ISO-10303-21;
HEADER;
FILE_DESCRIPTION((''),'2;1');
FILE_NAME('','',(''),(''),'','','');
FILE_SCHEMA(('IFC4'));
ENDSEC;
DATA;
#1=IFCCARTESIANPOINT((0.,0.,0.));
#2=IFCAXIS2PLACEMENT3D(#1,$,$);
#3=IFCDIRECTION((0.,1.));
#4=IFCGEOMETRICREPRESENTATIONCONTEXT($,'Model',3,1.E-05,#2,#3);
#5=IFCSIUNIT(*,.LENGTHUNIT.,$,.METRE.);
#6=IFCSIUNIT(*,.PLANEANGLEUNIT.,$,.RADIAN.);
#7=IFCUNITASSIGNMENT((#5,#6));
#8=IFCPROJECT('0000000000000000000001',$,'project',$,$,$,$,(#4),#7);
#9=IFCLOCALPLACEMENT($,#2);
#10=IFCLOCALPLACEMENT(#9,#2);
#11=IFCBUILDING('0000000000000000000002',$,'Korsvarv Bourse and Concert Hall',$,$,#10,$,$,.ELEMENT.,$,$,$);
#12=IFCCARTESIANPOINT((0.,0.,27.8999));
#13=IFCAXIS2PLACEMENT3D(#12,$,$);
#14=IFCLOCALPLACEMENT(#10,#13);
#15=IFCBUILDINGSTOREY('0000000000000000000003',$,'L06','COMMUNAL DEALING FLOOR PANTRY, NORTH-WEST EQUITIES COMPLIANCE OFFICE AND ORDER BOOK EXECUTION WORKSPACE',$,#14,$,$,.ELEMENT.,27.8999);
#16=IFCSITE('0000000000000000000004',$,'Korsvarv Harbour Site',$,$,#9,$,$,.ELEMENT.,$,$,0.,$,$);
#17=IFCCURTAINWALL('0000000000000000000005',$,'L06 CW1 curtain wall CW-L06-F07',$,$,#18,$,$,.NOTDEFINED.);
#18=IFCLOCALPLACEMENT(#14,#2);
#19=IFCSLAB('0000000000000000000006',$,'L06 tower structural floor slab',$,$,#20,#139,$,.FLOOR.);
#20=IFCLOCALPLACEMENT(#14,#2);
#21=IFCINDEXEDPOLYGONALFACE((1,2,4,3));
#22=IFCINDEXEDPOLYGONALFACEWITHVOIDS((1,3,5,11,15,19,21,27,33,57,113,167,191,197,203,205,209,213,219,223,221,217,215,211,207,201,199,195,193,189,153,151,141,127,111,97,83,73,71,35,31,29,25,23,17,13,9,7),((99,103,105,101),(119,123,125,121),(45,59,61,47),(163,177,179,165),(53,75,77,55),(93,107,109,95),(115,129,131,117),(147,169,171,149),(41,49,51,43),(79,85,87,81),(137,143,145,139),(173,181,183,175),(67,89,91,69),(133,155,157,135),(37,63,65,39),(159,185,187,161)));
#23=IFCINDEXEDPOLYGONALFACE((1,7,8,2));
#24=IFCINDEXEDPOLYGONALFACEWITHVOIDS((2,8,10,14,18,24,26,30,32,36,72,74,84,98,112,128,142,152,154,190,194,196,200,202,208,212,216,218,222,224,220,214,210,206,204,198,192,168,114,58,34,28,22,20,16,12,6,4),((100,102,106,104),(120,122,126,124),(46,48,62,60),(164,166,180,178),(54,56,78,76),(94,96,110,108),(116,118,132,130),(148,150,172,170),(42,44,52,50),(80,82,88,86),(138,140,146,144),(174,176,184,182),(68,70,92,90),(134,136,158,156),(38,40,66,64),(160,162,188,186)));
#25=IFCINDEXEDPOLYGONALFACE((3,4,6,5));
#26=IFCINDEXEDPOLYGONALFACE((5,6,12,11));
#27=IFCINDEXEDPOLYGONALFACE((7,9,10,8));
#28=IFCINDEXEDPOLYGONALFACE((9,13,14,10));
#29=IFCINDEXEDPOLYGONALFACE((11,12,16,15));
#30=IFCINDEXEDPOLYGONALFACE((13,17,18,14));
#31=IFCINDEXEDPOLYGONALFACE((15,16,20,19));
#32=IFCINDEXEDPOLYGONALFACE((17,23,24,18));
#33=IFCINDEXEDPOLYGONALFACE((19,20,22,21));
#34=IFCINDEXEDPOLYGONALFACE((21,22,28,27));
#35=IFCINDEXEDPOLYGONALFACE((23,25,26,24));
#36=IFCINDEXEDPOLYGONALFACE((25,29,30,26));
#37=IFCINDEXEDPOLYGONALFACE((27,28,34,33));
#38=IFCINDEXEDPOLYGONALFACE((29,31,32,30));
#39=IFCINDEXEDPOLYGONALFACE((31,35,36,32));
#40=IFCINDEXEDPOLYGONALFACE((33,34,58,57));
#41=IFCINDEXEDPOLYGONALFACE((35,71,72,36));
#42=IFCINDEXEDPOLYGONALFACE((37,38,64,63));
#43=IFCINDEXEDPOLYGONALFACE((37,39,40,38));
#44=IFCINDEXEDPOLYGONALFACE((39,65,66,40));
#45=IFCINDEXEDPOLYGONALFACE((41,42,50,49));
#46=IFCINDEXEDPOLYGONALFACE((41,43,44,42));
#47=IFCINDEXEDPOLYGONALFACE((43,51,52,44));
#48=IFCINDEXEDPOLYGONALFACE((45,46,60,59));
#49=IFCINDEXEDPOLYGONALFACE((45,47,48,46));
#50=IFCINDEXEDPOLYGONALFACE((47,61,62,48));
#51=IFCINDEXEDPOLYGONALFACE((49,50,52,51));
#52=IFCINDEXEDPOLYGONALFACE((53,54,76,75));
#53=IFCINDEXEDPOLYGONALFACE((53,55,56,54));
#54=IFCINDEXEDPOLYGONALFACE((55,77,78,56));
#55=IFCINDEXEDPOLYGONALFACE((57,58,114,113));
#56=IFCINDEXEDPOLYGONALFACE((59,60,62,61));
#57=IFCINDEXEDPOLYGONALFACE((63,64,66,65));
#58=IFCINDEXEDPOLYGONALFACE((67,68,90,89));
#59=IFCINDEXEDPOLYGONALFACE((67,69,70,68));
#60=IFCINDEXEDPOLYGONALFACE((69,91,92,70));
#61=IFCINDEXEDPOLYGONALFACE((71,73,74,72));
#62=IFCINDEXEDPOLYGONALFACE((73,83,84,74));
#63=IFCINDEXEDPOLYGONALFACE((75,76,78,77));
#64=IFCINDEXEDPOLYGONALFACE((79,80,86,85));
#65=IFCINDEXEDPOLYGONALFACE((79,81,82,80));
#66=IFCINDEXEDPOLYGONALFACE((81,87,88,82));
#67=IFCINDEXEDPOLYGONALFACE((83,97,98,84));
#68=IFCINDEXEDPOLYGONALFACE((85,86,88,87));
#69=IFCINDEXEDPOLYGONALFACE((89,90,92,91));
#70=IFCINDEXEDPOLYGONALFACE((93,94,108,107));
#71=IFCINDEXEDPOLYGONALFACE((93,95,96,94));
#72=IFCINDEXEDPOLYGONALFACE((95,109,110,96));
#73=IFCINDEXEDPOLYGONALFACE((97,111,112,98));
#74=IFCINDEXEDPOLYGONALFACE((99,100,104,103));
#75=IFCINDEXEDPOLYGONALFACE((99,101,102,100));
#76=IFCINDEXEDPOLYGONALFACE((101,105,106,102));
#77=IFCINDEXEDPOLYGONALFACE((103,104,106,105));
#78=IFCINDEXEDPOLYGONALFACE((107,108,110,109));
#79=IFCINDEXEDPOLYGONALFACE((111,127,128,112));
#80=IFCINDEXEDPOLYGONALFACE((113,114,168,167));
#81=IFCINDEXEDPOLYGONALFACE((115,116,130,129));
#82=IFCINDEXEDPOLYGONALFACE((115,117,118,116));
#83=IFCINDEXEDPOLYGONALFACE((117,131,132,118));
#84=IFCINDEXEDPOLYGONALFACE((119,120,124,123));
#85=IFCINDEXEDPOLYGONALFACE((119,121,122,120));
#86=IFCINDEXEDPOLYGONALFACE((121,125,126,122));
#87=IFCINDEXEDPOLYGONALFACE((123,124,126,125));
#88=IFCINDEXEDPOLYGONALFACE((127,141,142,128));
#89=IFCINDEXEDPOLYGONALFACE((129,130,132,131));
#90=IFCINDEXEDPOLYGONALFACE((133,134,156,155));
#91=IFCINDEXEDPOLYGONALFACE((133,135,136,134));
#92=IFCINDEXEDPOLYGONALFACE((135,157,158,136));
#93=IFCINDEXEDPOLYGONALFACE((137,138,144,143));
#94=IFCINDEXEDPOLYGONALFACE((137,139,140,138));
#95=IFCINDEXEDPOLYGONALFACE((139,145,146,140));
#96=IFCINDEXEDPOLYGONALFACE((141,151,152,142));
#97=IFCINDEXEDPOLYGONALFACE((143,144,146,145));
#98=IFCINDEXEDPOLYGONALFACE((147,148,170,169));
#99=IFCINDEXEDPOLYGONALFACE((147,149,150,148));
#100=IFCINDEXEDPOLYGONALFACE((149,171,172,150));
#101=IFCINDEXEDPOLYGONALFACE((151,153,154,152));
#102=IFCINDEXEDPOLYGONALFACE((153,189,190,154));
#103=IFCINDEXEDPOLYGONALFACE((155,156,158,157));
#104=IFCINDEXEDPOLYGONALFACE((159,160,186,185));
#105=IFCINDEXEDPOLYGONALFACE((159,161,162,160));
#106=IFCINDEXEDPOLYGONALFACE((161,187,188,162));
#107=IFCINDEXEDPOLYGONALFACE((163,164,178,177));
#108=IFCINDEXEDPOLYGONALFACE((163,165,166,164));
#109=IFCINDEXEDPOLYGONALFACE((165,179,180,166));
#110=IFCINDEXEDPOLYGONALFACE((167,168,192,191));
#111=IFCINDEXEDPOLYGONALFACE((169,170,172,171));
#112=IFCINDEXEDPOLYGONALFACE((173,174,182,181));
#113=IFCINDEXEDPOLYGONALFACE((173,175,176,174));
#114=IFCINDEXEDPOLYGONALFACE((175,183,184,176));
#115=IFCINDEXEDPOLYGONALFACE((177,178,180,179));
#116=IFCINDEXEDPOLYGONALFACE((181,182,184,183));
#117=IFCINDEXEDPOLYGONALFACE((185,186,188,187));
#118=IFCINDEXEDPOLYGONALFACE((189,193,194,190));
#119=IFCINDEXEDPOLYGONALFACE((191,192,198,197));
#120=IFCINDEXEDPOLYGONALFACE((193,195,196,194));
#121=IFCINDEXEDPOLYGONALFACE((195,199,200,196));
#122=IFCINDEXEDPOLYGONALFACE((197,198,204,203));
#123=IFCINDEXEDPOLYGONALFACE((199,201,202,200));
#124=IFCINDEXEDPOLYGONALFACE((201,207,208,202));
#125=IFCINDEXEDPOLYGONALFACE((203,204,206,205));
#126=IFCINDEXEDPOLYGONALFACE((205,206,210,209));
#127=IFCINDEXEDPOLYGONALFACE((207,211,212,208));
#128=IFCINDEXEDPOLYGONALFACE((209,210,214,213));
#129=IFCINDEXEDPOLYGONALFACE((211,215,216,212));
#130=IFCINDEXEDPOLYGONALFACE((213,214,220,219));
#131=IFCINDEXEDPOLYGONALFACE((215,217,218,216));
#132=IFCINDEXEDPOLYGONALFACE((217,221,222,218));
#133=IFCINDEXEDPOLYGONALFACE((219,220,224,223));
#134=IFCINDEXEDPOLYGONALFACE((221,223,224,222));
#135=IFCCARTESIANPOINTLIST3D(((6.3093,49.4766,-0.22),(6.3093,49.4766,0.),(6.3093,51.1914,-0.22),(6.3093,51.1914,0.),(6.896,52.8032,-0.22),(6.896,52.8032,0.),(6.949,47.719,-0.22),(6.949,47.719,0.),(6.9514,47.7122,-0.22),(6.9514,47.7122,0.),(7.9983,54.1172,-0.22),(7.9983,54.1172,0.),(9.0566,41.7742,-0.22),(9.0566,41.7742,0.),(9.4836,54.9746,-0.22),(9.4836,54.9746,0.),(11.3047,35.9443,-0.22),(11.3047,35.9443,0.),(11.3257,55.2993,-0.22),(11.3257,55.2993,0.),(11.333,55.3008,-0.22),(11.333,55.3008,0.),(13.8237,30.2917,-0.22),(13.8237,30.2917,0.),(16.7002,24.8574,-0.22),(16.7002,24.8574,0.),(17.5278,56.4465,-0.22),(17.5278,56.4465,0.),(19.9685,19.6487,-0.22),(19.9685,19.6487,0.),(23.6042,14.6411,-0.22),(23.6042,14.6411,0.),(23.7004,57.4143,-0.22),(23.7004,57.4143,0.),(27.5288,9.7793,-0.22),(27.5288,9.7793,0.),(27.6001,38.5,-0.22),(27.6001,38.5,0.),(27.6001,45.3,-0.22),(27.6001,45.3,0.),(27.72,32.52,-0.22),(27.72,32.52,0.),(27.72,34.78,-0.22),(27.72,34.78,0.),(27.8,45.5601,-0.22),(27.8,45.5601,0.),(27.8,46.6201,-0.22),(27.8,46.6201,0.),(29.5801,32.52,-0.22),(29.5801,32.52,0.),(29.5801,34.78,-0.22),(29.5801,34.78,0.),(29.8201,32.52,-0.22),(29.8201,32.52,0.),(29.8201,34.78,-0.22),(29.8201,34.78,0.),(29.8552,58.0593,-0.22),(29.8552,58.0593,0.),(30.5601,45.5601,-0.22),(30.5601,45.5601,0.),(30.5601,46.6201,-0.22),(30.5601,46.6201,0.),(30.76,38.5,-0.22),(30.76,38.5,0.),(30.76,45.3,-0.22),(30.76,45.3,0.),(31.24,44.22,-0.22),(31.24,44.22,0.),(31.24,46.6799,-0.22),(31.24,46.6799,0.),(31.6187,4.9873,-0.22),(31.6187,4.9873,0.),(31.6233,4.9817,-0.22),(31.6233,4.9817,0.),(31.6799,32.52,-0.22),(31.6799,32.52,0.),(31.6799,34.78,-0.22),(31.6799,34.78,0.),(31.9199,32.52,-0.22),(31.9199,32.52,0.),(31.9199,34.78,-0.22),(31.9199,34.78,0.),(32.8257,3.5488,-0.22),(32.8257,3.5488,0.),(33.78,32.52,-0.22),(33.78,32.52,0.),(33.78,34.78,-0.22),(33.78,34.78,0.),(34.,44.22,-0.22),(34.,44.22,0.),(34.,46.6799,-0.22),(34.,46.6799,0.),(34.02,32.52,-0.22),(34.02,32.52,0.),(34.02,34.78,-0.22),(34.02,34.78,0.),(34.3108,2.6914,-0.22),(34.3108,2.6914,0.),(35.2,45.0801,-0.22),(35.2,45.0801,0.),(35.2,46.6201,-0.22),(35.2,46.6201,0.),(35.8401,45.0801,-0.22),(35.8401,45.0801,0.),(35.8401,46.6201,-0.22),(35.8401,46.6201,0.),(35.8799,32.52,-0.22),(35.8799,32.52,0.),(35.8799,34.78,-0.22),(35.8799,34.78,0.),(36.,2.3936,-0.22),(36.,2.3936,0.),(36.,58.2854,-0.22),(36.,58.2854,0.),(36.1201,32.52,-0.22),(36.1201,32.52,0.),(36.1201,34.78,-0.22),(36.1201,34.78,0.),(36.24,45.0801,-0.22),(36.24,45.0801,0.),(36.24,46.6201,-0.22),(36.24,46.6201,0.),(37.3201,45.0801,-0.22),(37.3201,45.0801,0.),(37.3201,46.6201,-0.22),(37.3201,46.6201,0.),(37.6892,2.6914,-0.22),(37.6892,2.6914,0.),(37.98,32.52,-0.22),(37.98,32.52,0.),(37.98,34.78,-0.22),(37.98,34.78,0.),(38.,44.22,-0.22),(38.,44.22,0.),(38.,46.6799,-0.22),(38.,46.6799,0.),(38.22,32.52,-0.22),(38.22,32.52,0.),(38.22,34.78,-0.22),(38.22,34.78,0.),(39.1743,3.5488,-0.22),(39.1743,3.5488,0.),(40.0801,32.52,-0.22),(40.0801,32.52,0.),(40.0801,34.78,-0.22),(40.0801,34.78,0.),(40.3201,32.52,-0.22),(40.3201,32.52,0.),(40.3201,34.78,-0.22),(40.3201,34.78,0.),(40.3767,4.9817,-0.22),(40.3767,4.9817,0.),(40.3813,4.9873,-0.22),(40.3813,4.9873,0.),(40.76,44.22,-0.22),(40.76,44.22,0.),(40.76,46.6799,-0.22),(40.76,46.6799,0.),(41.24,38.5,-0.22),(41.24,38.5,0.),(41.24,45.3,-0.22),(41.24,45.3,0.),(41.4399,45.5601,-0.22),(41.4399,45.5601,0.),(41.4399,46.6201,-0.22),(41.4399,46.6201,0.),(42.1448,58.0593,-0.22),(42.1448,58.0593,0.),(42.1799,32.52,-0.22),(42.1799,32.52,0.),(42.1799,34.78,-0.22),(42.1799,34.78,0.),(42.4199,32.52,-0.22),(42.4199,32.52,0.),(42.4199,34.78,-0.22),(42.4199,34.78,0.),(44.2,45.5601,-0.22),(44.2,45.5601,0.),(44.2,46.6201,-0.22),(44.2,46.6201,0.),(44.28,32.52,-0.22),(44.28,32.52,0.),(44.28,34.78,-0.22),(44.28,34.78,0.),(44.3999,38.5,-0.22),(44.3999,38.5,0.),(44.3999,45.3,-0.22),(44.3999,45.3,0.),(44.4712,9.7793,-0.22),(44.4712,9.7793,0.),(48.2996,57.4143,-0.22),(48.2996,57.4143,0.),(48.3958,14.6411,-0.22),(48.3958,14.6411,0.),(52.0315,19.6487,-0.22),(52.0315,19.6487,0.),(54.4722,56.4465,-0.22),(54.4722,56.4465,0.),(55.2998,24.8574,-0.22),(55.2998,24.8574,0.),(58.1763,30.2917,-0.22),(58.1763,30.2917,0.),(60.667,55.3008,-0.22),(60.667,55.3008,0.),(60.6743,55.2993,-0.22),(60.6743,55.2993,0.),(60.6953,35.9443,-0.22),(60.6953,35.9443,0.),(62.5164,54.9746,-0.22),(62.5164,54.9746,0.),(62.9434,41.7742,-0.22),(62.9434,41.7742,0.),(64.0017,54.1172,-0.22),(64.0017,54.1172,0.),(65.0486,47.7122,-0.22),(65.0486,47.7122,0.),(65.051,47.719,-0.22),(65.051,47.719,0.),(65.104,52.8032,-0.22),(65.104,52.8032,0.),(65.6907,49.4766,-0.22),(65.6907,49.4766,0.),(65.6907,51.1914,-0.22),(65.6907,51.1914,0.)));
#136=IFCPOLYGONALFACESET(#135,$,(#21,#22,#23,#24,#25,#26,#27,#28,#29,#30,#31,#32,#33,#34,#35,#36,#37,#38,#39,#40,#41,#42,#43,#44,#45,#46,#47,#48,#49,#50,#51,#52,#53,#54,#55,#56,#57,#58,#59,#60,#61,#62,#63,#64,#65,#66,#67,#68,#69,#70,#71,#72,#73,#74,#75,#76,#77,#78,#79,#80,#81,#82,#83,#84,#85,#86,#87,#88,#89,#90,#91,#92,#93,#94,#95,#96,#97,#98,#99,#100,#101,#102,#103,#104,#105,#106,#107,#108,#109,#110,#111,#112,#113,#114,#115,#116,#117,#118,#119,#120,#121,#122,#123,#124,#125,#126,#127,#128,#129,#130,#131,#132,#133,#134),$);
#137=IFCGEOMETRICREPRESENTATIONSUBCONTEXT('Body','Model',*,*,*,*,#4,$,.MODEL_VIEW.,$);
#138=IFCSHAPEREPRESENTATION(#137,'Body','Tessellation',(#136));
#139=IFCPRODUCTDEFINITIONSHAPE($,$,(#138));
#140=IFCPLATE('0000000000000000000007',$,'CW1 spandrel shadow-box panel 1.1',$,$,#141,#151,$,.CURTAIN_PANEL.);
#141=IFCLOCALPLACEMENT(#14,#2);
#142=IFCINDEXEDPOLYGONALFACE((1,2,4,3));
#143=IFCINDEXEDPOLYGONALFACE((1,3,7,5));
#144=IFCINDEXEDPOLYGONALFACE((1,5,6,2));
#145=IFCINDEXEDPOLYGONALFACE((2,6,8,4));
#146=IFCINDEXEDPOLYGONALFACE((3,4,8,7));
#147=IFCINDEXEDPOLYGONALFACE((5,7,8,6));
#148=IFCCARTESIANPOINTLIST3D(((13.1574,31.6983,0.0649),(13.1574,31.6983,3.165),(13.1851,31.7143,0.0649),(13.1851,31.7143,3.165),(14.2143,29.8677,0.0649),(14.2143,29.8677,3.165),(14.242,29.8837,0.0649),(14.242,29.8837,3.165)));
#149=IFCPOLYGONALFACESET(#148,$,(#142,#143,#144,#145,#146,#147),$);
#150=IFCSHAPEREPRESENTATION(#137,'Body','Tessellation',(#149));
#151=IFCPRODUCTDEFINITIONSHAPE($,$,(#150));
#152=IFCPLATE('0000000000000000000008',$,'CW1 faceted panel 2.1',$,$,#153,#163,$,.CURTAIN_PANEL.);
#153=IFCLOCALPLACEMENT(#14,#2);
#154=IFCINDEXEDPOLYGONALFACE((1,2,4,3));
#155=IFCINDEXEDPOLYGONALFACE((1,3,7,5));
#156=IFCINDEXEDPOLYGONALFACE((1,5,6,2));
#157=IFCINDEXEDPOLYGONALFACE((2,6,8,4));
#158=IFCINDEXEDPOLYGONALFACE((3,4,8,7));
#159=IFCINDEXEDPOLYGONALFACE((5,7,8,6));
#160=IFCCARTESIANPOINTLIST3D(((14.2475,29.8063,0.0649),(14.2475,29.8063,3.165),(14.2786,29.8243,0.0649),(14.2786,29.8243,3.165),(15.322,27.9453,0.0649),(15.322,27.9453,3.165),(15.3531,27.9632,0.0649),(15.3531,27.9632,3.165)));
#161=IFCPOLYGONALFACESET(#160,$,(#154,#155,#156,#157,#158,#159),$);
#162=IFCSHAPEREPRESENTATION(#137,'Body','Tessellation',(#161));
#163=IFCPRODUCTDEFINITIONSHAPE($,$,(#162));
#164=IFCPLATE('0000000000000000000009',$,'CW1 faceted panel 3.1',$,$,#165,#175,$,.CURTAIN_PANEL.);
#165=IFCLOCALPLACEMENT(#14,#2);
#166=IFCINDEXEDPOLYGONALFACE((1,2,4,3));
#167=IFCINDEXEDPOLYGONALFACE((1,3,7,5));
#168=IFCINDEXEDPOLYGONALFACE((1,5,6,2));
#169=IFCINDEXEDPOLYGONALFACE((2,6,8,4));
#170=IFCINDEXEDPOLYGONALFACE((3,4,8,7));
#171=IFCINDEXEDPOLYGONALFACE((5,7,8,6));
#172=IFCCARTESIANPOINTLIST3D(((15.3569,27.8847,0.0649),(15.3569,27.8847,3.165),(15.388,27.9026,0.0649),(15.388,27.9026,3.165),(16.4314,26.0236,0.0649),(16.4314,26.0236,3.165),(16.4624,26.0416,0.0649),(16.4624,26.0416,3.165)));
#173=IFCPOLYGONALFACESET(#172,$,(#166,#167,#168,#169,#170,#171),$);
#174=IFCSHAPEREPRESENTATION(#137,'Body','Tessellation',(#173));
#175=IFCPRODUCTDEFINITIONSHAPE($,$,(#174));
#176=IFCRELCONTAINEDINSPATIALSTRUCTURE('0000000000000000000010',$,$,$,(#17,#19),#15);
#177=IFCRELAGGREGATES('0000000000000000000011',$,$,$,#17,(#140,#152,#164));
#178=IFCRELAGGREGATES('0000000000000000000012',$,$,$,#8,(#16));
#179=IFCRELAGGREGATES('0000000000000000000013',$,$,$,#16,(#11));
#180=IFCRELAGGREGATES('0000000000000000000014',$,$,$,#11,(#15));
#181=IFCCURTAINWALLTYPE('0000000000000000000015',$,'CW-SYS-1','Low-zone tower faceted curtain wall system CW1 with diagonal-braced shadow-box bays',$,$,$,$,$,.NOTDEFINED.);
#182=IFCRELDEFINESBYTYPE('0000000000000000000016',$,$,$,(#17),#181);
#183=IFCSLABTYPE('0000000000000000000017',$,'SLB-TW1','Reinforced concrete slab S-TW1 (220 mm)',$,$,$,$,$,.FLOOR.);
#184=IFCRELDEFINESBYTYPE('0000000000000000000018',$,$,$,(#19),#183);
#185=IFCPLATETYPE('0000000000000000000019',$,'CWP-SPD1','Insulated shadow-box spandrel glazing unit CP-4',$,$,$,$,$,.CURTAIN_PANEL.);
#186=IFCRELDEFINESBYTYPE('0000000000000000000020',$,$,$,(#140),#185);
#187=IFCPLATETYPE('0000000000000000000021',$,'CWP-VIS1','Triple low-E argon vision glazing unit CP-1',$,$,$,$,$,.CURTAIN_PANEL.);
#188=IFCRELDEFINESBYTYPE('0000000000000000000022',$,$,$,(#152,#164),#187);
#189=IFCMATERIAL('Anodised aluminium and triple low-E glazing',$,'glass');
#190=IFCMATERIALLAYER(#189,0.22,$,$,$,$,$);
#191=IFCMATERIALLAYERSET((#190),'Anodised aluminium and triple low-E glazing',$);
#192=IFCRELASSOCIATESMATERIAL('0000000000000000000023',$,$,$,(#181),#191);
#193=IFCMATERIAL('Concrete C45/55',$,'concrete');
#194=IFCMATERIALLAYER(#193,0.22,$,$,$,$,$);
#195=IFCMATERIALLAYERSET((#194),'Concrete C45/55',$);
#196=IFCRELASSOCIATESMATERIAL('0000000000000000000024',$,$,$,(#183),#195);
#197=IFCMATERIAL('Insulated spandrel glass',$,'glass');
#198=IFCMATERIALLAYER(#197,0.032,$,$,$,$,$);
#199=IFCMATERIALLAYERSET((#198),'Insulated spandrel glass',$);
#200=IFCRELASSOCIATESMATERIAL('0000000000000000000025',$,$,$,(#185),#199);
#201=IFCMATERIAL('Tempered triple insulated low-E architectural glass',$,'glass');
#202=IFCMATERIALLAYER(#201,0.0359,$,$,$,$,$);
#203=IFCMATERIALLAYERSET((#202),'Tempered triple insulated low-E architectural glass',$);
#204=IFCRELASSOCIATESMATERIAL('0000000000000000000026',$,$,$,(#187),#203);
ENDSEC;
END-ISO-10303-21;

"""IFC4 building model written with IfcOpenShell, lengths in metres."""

from ifc_helpers import new_model, si_unit, direction, frame, origin, origin_2d, place, context, subcontext, project, spatial, polyline, rectangle, outline, extrude, source, transform, mapped, material, layer, layer_set, type_object, element, aggregate, save


model = new_model("IFC4")

# Units and contexts
model_context = context("Model", 3, precision=1e-05, world=origin(), true_north=direction((0.0, 1.0)))
body_context = subcontext(model_context, "Body", "Model", "MODEL_VIEW")
ifc_project = project(units=[si_unit("LENGTHUNIT", "METRE"), si_unit("PLANEANGLEUNIT", "RADIAN")], contexts=[model_context])

# Site, building, storey
site_placement = place(None, origin())
site = spatial("IfcSite", under=ifc_project, at=site_placement, Name="Korsvarv Harbour Site", CompositionType="ELEMENT", RefElevation=0.0)
building_placement = place(site_placement, origin())
building = spatial("IfcBuilding", under=site, at=building_placement, Name="Korsvarv Bourse and Concert Hall", CompositionType="ELEMENT")
storey_placement = place(building_placement, frame((0.0, 0.0, 27.8999)))
storey = spatial("IfcBuildingStorey", under=building, at=storey_placement, Name="L06", Description="COMMUNAL DEALING FLOOR PANTRY, NORTH-WEST EQUITIES COMPLIANCE OFFICE AND ORDER BOOK EXECUTION WORKSPACE", CompositionType="ELEMENT", Elevation=27.8999)

# Curtain wall
ifc_material_1 = material(Name="Anodised aluminium and triple low-E glazing", Category="glass")
ifc_layer_1 = layer(ifc_material_1, 0.22)
ifc_layer_set_1 = layer_set([ifc_layer_1], Name="Anodised aluminium and triple low-E glazing")
curtain_wall_type = type_object("IfcCurtainWallType", Name="CW-SYS-1", Description="Low-zone tower faceted curtain wall system CW1 with diagonal-braced shadow-box bays", PredefinedType="NOTDEFINED", material=ifc_layer_set_1)
curtain_wall_placement = place(storey_placement, origin())
curtain_wall = element("IfcCurtainWall", 1, at=curtain_wall_placement, inside=storey, type_object=curtain_wall_type, Name="L06 CW1 curtain wall CW-L06-F07", PredefinedType="NOTDEFINED")

# Slab
ifc_material_2 = material(Name="Concrete C45/55", Category="concrete")
ifc_layer_2 = layer(ifc_material_2, 0.22)
ifc_layer_set_2 = layer_set([ifc_layer_2], Name="Concrete C45/55")
slab_type_1 = type_object("IfcSlabType", Name="SLB-TW1", Description="Reinforced concrete slab S-TW1 (220 mm)", PredefinedType="FLOOR", material=ifc_layer_set_2)
slab_1_placement = place(storey_placement, frame((0.0, 0.0, -0.22)))
element("IfcSlab", 2, at=slab_1_placement, inside=storey, type_object=slab_type_1, Name="L06 tower structural floor slab", PredefinedType="FLOOR", context=body_context, shape_type="SweptSolid", body=[
    extrude(outline(polyline([(65.0486, 47.7122), (62.9434, 41.7742), (60.6953, 35.9443), (58.1763, 30.2917), (55.2998, 24.8574), (52.0315, 19.6487), (48.3958, 14.6411), (44.4712, 9.7793), (40.3813, 4.9873), (40.3767, 4.9817), (39.1743, 3.5488), (37.6892, 2.6914), (36.0, 2.3936), (34.3108, 2.6914), (32.8257, 3.5488), (31.6233, 4.9817), (31.6187, 4.9873), (27.5288, 9.7793), (23.6042, 14.6411), (19.9685, 19.6487), (16.7002, 24.8574), (13.8237, 30.2917), (11.3047, 35.9443), (9.0566, 41.7742), (6.9514, 47.7122), (6.949, 47.719), (6.3093, 49.4766), (6.3093, 51.1914), (6.896, 52.8032), (7.9983, 54.1172), (9.4836, 54.9746), (11.3257, 55.2993), (11.333, 55.3008), (17.5278, 56.4465), (23.7004, 57.4143), (29.8552, 58.0593), (36.0, 58.2854), (42.1448, 58.0593), (48.2996, 57.4143), (54.4722, 56.4465), (60.667, 55.3008), (60.6743, 55.2993), (62.5164, 54.9746), (64.0017, 54.1172), (65.104, 52.8032), (65.6907, 51.1914), (65.6907, 49.4766), (65.051, 47.719), (65.0486, 47.7122)]), holes=[polyline([(30.76, 38.5), (30.76, 45.3), (27.6001, 45.3), (27.6001, 38.5), (30.76, 38.5)]), polyline([(44.3999, 38.5), (44.3999, 45.3), (41.24, 45.3), (41.24, 38.5), (44.3999, 38.5)]), polyline([(31.24, 44.22), (34.0, 44.22), (34.0, 46.6799), (31.24, 46.6799), (31.24, 44.22)]), polyline([(38.0, 44.22), (40.76, 44.22), (40.76, 46.6799), (38.0, 46.6799), (38.0, 44.22)]), polyline([(27.72, 32.52), (29.5801, 32.52), (29.5801, 34.78), (27.72, 34.78), (27.72, 32.52)]), polyline([(29.8201, 32.52), (31.6799, 32.52), (31.6799, 34.78), (29.8201, 34.78), (29.8201, 32.52)]), polyline([(31.9199, 32.52), (33.78, 32.52), (33.78, 34.78), (31.9199, 34.78), (31.9199, 32.52)]), polyline([(34.02, 32.52), (35.8799, 32.52), (35.8799, 34.78), (34.02, 34.78), (34.02, 32.52)]), polyline([(36.1201, 32.52), (37.98, 32.52), (37.98, 34.78), (36.1201, 34.78), (36.1201, 32.52)]), polyline([(38.22, 32.52), (40.0801, 32.52), (40.0801, 34.78), (38.22, 34.78), (38.22, 32.52)]), polyline([(40.3201, 32.52), (42.1799, 32.52), (42.1799, 34.78), (40.3201, 34.78), (40.3201, 32.52)]), polyline([(42.4199, 32.52), (44.28, 32.52), (44.28, 34.78), (42.4199, 34.78), (42.4199, 32.52)]), polyline([(27.8, 45.5601), (30.5601, 45.5601), (30.5601, 46.6201), (27.8, 46.6201), (27.8, 45.5601)]), polyline([(41.4399, 45.5601), (44.2, 45.5601), (44.2, 46.6201), (41.4399, 46.6201), (41.4399, 45.5601)]), polyline([(35.2, 45.0801), (35.8401, 45.0801), (35.8401, 46.6201), (35.2, 46.6201), (35.2, 45.0801)]), polyline([(36.24, 45.0801), (37.3201, 45.0801), (37.3201, 46.6201), (36.24, 46.6201), (36.24, 45.0801)])]), origin(), (0.0, 0.0, 1.0), 0.22),
])

# Plates
ifc_material_3 = material(Name="Insulated spandrel glass", Category="glass")
ifc_layer_3 = layer(ifc_material_3, 0.032)
ifc_layer_set_3 = layer_set([ifc_layer_3], Name="Insulated spandrel glass")
plate_type_1 = type_object("IfcPlateType", Name="CWP-SPD1", Description="Insulated shadow-box spandrel glazing unit CP-4", PredefinedType="CURTAIN_PANEL", material=ifc_layer_set_3)
shared_shape_1 = source(origin(), body_context, "Body", "SweptSolid", [
    extrude(rectangle(XDim=2.1138, YDim=0.032, at=origin_2d()), origin(), (0.0, 0.0, 1.0), 3.1001),
])
plate_1_placement = place(storey_placement, frame((13.6997, 30.791, 0.0649), z_axis=(0.0, 0.0, 1.0), x_axis=(0.499995, -0.866029, 0.0)))
plate_1 = element("IfcPlate", 3, at=plate_1_placement, type_object=plate_type_1, Name="CW1 spandrel shadow-box panel 1.1", PredefinedType="CURTAIN_PANEL", context=body_context, shape_type="MappedRepresentation", body=[
    mapped(shared_shape_1, transform((0.0, 0.0, 0.0), scale=1.0)),
])
ifc_material_4 = material(Name="Tempered triple insulated low-E architectural glass", Category="glass")
ifc_layer_4 = layer(ifc_material_4, 0.0359)
ifc_layer_set_4 = layer_set([ifc_layer_4], Name="Tempered triple insulated low-E architectural glass")
plate_type_2 = type_object("IfcPlateType", Name="CWP-VIS1", Description="Triple low-E argon vision glazing unit CP-1", PredefinedType="CURTAIN_PANEL", material=ifc_layer_set_4)
shared_shape_2 = source(origin(), body_context, "Body", "SweptSolid", [
    extrude(rectangle(XDim=2.1489, YDim=0.0359, at=origin_2d()), origin(), (0.0, 0.0, 1.0), 3.1001),
])
plate_2_placement = place(storey_placement, frame((14.8003, 28.8848, 0.0649), z_axis=(0.0, 0.0, 1.0), x_axis=(0.499995, -0.866029, 0.0)))
plate_2 = element("IfcPlate", 4, at=plate_2_placement, type_object=plate_type_2, Name="CW1 faceted panel 2.1", PredefinedType="CURTAIN_PANEL", context=body_context, shape_type="MappedRepresentation", body=[
    mapped(shared_shape_2, transform((0.0, 0.0, 0.0), scale=1.0)),
])
plate_3_placement = place(storey_placement, frame((15.9097, 26.9631, 0.0649), z_axis=(0.0, 0.0, 1.0), x_axis=(0.499995, -0.866029, 0.0)))
plate_3 = element("IfcPlate", 5, at=plate_3_placement, type_object=plate_type_2, Name="CW1 faceted panel 3.1", PredefinedType="CURTAIN_PANEL", context=body_context, shape_type="MappedRepresentation", body=[
    mapped(shared_shape_2, transform((0.0, 0.0, 0.0), scale=1.0)),
])
aggregate(curtain_wall, [plate_1, plate_2, plate_3])

save(model, "model.ifc")
